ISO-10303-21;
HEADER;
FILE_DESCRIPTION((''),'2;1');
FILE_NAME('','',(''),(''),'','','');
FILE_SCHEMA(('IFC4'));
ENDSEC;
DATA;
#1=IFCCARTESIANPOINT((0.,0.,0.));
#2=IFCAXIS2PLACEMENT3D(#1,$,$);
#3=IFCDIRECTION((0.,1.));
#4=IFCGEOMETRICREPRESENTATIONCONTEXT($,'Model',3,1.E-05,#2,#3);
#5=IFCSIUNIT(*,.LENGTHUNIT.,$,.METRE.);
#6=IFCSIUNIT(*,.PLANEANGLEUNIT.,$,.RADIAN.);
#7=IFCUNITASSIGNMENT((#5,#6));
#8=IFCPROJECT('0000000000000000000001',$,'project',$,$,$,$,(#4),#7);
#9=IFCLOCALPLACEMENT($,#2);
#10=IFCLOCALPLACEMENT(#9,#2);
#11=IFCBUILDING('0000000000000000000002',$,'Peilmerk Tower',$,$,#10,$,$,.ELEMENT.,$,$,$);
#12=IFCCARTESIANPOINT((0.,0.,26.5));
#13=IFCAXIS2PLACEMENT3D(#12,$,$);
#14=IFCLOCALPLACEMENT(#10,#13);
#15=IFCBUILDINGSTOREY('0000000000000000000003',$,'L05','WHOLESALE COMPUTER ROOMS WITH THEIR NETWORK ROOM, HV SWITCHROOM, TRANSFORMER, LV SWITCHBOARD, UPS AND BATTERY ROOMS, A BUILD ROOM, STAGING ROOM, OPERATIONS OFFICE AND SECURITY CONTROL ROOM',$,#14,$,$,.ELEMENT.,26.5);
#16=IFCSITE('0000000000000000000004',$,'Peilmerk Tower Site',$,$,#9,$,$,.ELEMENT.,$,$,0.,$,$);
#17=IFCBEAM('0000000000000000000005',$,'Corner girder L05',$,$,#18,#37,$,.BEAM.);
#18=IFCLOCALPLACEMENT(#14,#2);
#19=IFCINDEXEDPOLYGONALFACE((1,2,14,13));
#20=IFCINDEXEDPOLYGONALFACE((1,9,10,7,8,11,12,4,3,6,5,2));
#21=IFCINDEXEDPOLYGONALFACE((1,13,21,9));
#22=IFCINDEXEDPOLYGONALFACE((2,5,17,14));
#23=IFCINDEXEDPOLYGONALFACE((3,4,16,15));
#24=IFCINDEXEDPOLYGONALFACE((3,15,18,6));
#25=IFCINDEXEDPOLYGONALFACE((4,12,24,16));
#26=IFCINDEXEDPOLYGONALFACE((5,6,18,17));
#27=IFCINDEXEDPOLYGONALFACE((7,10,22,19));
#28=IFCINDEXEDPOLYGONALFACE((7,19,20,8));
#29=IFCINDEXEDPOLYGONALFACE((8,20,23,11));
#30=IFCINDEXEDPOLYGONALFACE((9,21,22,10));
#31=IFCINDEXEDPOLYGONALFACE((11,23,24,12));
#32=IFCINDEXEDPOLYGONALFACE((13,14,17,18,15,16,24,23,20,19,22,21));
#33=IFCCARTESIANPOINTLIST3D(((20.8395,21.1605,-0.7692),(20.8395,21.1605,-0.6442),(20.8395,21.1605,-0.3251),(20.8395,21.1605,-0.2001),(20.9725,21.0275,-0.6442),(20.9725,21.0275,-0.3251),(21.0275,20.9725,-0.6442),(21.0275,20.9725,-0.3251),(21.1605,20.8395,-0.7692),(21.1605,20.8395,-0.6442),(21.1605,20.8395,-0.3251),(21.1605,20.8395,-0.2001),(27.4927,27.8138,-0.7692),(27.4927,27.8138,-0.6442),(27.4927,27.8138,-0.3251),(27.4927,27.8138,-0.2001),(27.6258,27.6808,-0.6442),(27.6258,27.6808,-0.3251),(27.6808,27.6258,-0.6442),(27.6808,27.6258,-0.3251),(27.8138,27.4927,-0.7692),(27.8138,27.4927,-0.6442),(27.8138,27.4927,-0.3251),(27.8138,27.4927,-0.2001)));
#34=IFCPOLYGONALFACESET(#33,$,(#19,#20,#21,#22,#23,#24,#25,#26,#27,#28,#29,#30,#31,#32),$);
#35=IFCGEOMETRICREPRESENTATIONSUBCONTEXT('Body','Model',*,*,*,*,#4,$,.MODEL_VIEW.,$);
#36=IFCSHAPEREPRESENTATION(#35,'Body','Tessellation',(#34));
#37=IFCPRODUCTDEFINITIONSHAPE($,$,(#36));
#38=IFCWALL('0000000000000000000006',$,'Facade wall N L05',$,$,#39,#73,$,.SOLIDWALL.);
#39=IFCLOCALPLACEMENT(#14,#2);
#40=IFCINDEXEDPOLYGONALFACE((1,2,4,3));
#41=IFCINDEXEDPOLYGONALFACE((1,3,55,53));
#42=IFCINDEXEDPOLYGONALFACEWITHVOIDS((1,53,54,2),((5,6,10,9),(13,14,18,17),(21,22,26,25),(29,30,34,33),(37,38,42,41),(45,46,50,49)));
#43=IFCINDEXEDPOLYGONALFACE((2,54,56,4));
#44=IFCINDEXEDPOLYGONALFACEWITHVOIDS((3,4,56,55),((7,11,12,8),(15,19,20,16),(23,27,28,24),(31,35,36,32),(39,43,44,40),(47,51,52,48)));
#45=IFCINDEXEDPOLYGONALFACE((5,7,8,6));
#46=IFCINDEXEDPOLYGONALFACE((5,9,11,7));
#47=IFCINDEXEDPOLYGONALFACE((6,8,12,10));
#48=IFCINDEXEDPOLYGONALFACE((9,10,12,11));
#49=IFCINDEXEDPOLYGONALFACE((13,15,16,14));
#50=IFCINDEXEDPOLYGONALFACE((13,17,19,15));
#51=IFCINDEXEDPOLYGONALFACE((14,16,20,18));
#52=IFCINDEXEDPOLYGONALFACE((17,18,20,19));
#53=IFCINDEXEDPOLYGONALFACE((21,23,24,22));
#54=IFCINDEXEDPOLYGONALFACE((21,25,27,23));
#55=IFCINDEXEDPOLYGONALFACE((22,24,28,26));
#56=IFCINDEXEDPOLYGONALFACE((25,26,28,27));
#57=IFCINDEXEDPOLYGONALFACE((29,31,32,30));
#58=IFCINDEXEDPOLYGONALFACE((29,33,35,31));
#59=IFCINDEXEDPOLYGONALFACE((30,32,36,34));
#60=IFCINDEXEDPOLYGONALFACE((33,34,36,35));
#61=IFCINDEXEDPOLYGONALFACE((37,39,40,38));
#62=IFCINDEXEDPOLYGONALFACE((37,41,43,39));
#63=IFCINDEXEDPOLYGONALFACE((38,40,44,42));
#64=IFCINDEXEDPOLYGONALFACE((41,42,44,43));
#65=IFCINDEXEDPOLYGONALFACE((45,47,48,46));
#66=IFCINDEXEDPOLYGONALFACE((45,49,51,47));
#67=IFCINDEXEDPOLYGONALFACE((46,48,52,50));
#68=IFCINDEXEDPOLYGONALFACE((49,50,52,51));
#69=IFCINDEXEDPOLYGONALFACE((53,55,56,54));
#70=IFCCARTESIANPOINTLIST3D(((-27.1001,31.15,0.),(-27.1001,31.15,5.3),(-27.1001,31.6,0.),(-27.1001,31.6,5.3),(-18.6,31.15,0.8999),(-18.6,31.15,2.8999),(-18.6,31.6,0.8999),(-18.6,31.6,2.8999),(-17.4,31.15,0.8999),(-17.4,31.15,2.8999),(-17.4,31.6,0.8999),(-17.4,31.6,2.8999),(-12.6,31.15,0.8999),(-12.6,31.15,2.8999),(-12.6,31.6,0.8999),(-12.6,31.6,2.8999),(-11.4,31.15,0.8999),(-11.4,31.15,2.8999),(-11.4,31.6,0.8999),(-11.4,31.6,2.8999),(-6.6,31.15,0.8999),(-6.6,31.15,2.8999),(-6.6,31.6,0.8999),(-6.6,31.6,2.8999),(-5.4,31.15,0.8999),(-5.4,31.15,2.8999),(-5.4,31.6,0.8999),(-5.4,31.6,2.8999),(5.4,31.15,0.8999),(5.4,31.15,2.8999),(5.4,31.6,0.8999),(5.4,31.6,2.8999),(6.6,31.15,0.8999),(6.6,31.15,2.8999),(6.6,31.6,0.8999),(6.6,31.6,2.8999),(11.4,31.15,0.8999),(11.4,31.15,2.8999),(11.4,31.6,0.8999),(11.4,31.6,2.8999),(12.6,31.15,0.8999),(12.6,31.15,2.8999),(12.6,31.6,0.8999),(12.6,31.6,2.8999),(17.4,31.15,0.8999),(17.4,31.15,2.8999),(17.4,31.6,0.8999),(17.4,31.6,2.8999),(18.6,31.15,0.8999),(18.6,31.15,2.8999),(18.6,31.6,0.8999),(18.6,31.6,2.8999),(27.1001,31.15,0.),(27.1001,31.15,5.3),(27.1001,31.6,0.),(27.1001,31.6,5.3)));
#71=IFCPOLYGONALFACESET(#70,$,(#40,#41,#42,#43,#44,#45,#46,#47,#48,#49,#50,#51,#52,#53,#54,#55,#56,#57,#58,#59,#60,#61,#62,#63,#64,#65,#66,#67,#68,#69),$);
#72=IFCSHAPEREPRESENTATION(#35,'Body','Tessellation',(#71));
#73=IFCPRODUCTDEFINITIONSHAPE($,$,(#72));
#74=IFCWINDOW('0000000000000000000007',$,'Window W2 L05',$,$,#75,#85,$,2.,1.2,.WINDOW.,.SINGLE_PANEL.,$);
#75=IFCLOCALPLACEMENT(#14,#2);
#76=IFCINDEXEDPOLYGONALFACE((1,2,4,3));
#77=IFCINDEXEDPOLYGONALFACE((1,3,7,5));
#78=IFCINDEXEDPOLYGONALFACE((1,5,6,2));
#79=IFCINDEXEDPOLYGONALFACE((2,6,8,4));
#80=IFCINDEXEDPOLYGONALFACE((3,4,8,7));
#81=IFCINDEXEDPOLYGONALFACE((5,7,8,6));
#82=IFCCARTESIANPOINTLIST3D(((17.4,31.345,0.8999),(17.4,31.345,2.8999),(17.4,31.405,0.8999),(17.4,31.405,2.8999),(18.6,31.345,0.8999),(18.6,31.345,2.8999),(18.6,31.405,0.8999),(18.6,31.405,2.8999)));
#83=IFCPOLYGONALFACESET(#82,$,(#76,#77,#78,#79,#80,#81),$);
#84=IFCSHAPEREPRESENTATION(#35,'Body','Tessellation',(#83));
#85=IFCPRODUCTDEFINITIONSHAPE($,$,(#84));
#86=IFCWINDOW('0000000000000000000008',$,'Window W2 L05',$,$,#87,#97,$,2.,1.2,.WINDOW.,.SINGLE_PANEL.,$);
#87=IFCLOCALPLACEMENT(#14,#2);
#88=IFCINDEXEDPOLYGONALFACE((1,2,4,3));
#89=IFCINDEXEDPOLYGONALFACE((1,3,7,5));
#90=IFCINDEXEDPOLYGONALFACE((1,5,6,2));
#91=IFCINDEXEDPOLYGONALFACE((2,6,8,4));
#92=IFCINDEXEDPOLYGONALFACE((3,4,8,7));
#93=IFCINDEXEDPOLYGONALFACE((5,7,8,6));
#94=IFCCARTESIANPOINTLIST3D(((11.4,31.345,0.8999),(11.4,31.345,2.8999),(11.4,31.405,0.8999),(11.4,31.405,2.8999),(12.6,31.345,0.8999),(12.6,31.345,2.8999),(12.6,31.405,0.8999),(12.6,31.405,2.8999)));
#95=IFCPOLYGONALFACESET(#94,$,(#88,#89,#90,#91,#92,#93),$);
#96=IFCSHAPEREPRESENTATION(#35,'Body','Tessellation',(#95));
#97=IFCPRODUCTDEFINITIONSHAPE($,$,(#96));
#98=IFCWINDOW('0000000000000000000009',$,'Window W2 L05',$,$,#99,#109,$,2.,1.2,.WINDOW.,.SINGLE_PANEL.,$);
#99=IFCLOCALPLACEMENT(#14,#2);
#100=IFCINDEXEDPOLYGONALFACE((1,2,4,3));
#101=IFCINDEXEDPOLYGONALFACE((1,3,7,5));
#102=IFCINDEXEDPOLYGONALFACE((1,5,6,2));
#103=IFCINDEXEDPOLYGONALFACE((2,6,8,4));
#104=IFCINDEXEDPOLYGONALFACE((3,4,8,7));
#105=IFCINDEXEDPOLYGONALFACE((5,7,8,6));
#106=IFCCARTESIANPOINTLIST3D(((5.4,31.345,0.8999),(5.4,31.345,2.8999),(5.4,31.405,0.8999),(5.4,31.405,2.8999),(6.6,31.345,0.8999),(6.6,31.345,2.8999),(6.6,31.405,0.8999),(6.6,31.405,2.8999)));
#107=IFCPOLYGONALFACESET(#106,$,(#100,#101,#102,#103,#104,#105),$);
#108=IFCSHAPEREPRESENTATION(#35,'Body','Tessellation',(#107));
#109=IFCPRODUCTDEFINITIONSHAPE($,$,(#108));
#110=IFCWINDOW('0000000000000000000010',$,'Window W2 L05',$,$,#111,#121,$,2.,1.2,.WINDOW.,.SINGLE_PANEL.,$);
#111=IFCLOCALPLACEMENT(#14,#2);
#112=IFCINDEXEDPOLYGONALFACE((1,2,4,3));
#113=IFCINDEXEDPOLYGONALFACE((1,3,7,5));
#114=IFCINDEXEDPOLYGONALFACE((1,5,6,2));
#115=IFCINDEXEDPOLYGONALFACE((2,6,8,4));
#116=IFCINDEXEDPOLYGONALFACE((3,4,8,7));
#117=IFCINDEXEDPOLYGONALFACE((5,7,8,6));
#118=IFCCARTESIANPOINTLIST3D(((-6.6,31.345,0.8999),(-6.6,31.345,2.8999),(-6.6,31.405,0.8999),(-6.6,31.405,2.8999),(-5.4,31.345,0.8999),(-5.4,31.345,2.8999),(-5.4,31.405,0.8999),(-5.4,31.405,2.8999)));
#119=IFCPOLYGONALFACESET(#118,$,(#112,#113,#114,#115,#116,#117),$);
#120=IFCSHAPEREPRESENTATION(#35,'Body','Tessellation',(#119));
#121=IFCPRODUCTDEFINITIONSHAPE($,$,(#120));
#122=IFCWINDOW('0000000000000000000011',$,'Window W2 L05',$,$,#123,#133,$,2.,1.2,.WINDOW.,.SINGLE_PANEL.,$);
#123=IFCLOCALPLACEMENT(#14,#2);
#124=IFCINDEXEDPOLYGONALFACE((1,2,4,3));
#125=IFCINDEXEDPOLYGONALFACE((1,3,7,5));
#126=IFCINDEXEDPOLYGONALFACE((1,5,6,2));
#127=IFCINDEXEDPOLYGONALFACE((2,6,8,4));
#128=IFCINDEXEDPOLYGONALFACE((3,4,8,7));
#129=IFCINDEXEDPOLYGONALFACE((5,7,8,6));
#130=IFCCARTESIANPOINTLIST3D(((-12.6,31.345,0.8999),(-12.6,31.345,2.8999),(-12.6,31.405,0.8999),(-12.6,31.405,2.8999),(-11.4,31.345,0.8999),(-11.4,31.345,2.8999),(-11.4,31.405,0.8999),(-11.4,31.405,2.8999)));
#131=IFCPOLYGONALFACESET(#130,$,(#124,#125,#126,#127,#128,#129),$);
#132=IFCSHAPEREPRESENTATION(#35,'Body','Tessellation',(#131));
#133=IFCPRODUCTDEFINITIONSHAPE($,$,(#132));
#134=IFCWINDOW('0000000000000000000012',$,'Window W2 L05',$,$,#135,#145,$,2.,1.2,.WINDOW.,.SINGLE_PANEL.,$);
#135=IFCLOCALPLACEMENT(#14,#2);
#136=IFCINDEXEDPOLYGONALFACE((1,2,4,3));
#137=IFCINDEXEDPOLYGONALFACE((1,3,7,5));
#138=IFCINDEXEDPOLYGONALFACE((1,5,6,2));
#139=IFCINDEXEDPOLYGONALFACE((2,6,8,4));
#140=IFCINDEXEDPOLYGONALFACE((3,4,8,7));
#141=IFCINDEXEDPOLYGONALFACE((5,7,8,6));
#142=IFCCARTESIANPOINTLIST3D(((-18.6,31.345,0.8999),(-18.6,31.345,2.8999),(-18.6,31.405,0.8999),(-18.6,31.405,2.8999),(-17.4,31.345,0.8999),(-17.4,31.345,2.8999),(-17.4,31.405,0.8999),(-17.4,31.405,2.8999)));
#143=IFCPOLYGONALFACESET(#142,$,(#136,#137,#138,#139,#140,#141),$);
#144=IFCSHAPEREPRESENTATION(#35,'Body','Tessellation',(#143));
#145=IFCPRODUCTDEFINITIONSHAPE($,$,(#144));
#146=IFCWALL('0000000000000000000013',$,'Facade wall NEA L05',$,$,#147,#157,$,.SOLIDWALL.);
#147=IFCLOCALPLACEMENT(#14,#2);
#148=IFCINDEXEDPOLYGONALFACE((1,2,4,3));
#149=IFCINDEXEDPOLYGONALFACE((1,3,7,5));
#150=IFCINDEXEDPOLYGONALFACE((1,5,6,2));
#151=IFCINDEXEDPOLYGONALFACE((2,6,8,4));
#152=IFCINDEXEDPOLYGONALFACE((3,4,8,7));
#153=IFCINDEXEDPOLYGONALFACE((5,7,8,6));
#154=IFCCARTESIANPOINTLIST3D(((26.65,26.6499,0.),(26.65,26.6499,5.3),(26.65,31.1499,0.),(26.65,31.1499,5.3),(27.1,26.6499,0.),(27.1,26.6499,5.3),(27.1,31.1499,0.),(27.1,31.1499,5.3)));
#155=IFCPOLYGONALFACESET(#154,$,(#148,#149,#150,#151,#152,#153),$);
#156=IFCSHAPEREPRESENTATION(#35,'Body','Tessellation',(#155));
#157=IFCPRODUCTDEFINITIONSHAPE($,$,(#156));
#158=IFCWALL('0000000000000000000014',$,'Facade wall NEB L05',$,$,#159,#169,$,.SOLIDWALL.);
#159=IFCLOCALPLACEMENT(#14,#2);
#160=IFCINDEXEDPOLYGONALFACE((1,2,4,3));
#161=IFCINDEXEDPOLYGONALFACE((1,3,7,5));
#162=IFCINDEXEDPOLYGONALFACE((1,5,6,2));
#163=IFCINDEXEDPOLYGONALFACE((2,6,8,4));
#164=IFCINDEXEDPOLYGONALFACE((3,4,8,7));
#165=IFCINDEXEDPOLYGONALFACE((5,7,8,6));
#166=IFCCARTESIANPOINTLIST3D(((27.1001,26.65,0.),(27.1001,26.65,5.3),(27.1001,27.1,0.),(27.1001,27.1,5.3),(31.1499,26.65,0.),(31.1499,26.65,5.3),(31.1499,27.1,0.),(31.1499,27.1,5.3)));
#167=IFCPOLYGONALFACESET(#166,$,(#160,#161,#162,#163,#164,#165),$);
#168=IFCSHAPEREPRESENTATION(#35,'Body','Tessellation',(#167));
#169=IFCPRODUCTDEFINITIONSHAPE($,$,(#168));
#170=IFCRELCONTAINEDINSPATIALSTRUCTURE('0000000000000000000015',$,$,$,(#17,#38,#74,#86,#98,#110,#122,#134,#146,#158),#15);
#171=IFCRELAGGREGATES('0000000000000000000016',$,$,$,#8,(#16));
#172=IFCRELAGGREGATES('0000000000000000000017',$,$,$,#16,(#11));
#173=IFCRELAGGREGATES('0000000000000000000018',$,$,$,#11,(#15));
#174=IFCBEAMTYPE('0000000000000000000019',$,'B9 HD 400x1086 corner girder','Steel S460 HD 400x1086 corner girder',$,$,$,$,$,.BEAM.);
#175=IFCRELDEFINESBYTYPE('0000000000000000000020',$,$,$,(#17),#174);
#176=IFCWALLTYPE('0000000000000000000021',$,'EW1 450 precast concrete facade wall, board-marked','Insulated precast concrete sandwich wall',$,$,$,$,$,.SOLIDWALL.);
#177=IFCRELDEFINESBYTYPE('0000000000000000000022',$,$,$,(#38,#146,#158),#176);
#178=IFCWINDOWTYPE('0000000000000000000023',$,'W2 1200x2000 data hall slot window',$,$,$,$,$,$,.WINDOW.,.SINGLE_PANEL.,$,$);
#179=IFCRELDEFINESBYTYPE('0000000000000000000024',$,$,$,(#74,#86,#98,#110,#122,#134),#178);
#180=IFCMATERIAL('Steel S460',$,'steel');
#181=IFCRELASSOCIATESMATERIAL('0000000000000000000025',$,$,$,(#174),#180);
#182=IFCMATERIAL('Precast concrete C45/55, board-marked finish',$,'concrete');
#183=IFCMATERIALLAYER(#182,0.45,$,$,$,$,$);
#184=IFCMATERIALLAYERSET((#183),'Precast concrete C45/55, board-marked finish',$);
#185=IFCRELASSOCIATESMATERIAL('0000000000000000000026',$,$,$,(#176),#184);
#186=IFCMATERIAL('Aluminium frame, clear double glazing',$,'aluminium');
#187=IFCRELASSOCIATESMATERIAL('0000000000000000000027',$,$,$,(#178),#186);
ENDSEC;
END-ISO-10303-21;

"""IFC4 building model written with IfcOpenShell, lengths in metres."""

from ifc_helpers import new_model, si_unit, direction, frame, frame_2d, origin, origin_2d, place, context, subcontext, project, spatial, rectangle, i_section, extrude, material, layer, layer_set, material_profile, profile_set, type_object, element, fill, save


model = new_model("IFC4")

# Units and contexts
model_context = context("Model", 3, precision=1e-05, world=origin(), true_north=direction((0.0, 1.0)))
body_context = subcontext(model_context, "Body", "Model", "MODEL_VIEW")
ifc_project = project(units=[si_unit("LENGTHUNIT", "METRE"), si_unit("PLANEANGLEUNIT", "RADIAN")], contexts=[model_context])

# Site, building, storey
site_placement = place(None, origin())
site = spatial("IfcSite", under=ifc_project, at=site_placement, Name="Peilmerk Tower Site", CompositionType="ELEMENT", RefElevation=0.0)
building_placement = place(site_placement, origin())
building = spatial("IfcBuilding", under=site, at=building_placement, Name="Peilmerk Tower", CompositionType="ELEMENT")
storey_placement = place(building_placement, frame((0.0, 0.0, 26.5)))
storey = spatial("IfcBuildingStorey", under=building, at=storey_placement, Name="L05", Description="WHOLESALE COMPUTER ROOMS WITH THEIR NETWORK ROOM, HV SWITCHROOM, TRANSFORMER, LV SWITCHBOARD, UPS AND BATTERY ROOMS, A BUILD ROOM, STAGING ROOM, OPERATIONS OFFICE AND SECURITY CONTROL ROOM", CompositionType="ELEMENT", Elevation=26.5)

# Beam
ifc_material_1 = material(Name="Steel S460", Category="steel")
ifc_material_profile_1 = material_profile(ifc_material_1, i_section(OverallWidth=0.4541, OverallDepth=0.5691, WebThickness=0.0779, FlangeThickness=0.125, at=origin_2d()), Name="HD 400x1086")
ifc_profile_set_1 = profile_set([ifc_material_profile_1], Name="Steel S460")
beam_type_1 = type_object("IfcBeamType", Name="B9 HD 400x1086 corner girder", Description="Steel S460 HD 400x1086 corner girder", PredefinedType="BEAM", material=ifc_profile_set_1)
beam_1_placement = place(storey_placement, frame((21.0, 21.0, -0.4846), z_axis=(0.707107, 0.707107, 0.0), x_axis=(-0.707107, 0.707107, 0.0)))
element("IfcBeam", 1, at=beam_1_placement, inside=storey, type_object=beam_type_1, Name="Corner girder L05", PredefinedType="BEAM", context=body_context, shape_type="SweptSolid", body=[
    extrude(i_section(OverallWidth=0.4541, OverallDepth=0.5691, WebThickness=0.0779, FlangeThickness=0.125, at=origin_2d()), origin(), (0.0, 0.0, 1.0), 9.4092),
])

# Wall, openings, windows
ifc_material_2 = material(Name="Precast concrete C45/55, board-marked finish", Category="concrete")
ifc_layer = layer(ifc_material_2, 0.45)
ifc_layer_set = layer_set([ifc_layer], Name="Precast concrete C45/55, board-marked finish")
wall_type = type_object("IfcWallType", Name="EW1 450 precast concrete facade wall, board-marked", Description="Insulated precast concrete sandwich wall", PredefinedType="SOLIDWALL", material=ifc_layer_set)
wall_1_placement = place(storey_placement, frame((27.1001, 31.375, 0.0), z_axis=(0.0, 0.0, 1.0), x_axis=(-1.0, 0.0, 0.0)))
wall_1 = element("IfcWall", 2, at=wall_1_placement, inside=storey, type_object=wall_type, Name="Facade wall N L05", PredefinedType="SOLIDWALL", context=body_context, shape_type="SweptSolid", body=[
    extrude(rectangle(XDim=54.2002, YDim=0.45, at=frame_2d((27.1001, 0.0))), origin(), (0.0, 0.0, 1.0), 5.3),
])
opening_1_placement = place(wall_1_placement, frame((8.5, 0.0, 0.8999)))
opening_1 = element("IfcOpeningElement", 3, at=opening_1_placement, cuts=wall_1, PredefinedType="OPENING", context=body_context, shape_type="SweptSolid", body=[
    extrude(rectangle(XDim=1.2, YDim=2.0, at=frame_2d((0.6001, 1.0))), frame((0.0, 0.2349, 0.0), z_axis=(0.0, -1.0, 0.0), x_axis=(1.0, 0.0, 0.0)), (0.0, 0.0, 1.0), 0.47),
])
opening_2_placement = place(wall_1_placement, frame((14.5, 0.0, 0.8999)))
opening_2 = element("IfcOpeningElement", 4, at=opening_2_placement, cuts=wall_1, PredefinedType="OPENING", context=body_context, shape_type="SweptSolid", body=[
    extrude(rectangle(XDim=1.2, YDim=2.0, at=frame_2d((0.6001, 1.0))), frame((0.0, 0.2349, 0.0), z_axis=(0.0, -1.0, 0.0), x_axis=(1.0, 0.0, 0.0)), (0.0, 0.0, 1.0), 0.47),
])
opening_3_placement = place(wall_1_placement, frame((20.5, 0.0, 0.8999)))
opening_3 = element("IfcOpeningElement", 5, at=opening_3_placement, cuts=wall_1, PredefinedType="OPENING", context=body_context, shape_type="SweptSolid", body=[
    extrude(rectangle(XDim=1.2, YDim=2.0, at=frame_2d((0.6001, 1.0))), frame((0.0, 0.2349, 0.0), z_axis=(0.0, -1.0, 0.0), x_axis=(1.0, 0.0, 0.0)), (0.0, 0.0, 1.0), 0.47),
])
opening_4_placement = place(wall_1_placement, frame((32.5, 0.0, 0.8999)))
opening_4 = element("IfcOpeningElement", 6, at=opening_4_placement, cuts=wall_1, PredefinedType="OPENING", context=body_context, shape_type="SweptSolid", body=[
    extrude(rectangle(XDim=1.2, YDim=2.0, at=frame_2d((0.6001, 1.0))), frame((0.0, 0.2349, 0.0), z_axis=(0.0, -1.0, 0.0), x_axis=(1.0, 0.0, 0.0)), (0.0, 0.0, 1.0), 0.47),
])
opening_5_placement = place(wall_1_placement, frame((38.5, 0.0, 0.8999)))
opening_5 = element("IfcOpeningElement", 7, at=opening_5_placement, cuts=wall_1, PredefinedType="OPENING", context=body_context, shape_type="SweptSolid", body=[
    extrude(rectangle(XDim=1.2, YDim=2.0, at=frame_2d((0.6001, 1.0))), frame((0.0, 0.2349, 0.0), z_axis=(0.0, -1.0, 0.0), x_axis=(1.0, 0.0, 0.0)), (0.0, 0.0, 1.0), 0.47),
])
opening_6_placement = place(wall_1_placement, frame((44.5, 0.0, 0.8999)))
opening_6 = element("IfcOpeningElement", 8, at=opening_6_placement, cuts=wall_1, PredefinedType="OPENING", context=body_context, shape_type="SweptSolid", body=[
    extrude(rectangle(XDim=1.2, YDim=2.0, at=frame_2d((0.6001, 1.0))), frame((0.0, 0.2349, 0.0), z_axis=(0.0, -1.0, 0.0), x_axis=(1.0, 0.0, 0.0)), (0.0, 0.0, 1.0), 0.47),
])
ifc_material_3 = material(Name="Aluminium frame, clear double glazing", Category="aluminium")
window_type = type_object("IfcWindowType", Name="W2 1200x2000 data hall slot window", PartitioningType="SINGLE_PANEL", PredefinedType="WINDOW", material=ifc_material_3)
window_1_placement = place(opening_1_placement, origin())
window_1 = element("IfcWindow", 9, at=window_1_placement, inside=storey, type_object=window_type, Name="Window W2 L05", OverallHeight=2.0, OverallWidth=1.2, PartitioningType="SINGLE_PANEL", PredefinedType="WINDOW", context=body_context, shape_type="SweptSolid", body=[
    extrude(rectangle(XDim=1.2, YDim=2.0, at=frame_2d((0.6001, 1.0))), frame((0.0, 0.03, 0.0), z_axis=(0.0, -1.0, 0.0), x_axis=(1.0, 0.0, 0.0)), (0.0, 0.0, 1.0), 0.0601),
])
fill(opening_1, window_1)
window_2_placement = place(opening_2_placement, origin())
window_2 = element("IfcWindow", 10, at=window_2_placement, inside=storey, type_object=window_type, Name="Window W2 L05", OverallHeight=2.0, OverallWidth=1.2, PartitioningType="SINGLE_PANEL", PredefinedType="WINDOW", context=body_context, shape_type="SweptSolid", body=[
    extrude(rectangle(XDim=1.2, YDim=2.0, at=frame_2d((0.6001, 1.0))), frame((0.0, 0.03, 0.0), z_axis=(0.0, -1.0, 0.0), x_axis=(1.0, 0.0, 0.0)), (0.0, 0.0, 1.0), 0.0601),
])
fill(opening_2, window_2)
window_3_placement = place(opening_3_placement, origin())
window_3 = element("IfcWindow", 11, at=window_3_placement, inside=storey, type_object=window_type, Name="Window W2 L05", OverallHeight=2.0, OverallWidth=1.2, PartitioningType="SINGLE_PANEL", PredefinedType="WINDOW", context=body_context, shape_type="SweptSolid", body=[
    extrude(rectangle(XDim=1.2, YDim=2.0, at=frame_2d((0.6001, 1.0))), frame((0.0, 0.03, 0.0), z_axis=(0.0, -1.0, 0.0), x_axis=(1.0, 0.0, 0.0)), (0.0, 0.0, 1.0), 0.0601),
])
fill(opening_3, window_3)
window_4_placement = place(opening_4_placement, origin())
window_4 = element("IfcWindow", 12, at=window_4_placement, inside=storey, type_object=window_type, Name="Window W2 L05", OverallHeight=2.0, OverallWidth=1.2, PartitioningType="SINGLE_PANEL", PredefinedType="WINDOW", context=body_context, shape_type="SweptSolid", body=[
    extrude(rectangle(XDim=1.2, YDim=2.0, at=frame_2d((0.6001, 1.0))), frame((0.0, 0.03, 0.0), z_axis=(0.0, -1.0, 0.0), x_axis=(1.0, 0.0, 0.0)), (0.0, 0.0, 1.0), 0.0601),
])
fill(opening_4, window_4)
window_5_placement = place(opening_5_placement, origin())
window_5 = element("IfcWindow", 13, at=window_5_placement, inside=storey, type_object=window_type, Name="Window W2 L05", OverallHeight=2.0, OverallWidth=1.2, PartitioningType="SINGLE_PANEL", PredefinedType="WINDOW", context=body_context, shape_type="SweptSolid", body=[
    extrude(rectangle(XDim=1.2, YDim=2.0, at=frame_2d((0.6001, 1.0))), frame((0.0, 0.03, 0.0), z_axis=(0.0, -1.0, 0.0), x_axis=(1.0, 0.0, 0.0)), (0.0, 0.0, 1.0), 0.0601),
])
fill(opening_5, window_5)
window_6_placement = place(opening_6_placement, origin())
window_6 = element("IfcWindow", 14, at=window_6_placement, inside=storey, type_object=window_type, Name="Window W2 L05", OverallHeight=2.0, OverallWidth=1.2, PartitioningType="SINGLE_PANEL", PredefinedType="WINDOW", context=body_context, shape_type="SweptSolid", body=[
    extrude(rectangle(XDim=1.2, YDim=2.0, at=frame_2d((0.6001, 1.0))), frame((0.0, 0.03, 0.0), z_axis=(0.0, -1.0, 0.0), x_axis=(1.0, 0.0, 0.0)), (0.0, 0.0, 1.0), 0.0601),
])
fill(opening_6, window_6)

# Walls
wall_2_placement = place(storey_placement, frame((26.875, 26.6499, 0.0), z_axis=(0.0, 0.0, 1.0), x_axis=(0.0, 1.0, 0.0)))
element("IfcWall", 15, at=wall_2_placement, inside=storey, type_object=wall_type, Name="Facade wall NEA L05", PredefinedType="SOLIDWALL", context=body_context, shape_type="SweptSolid", body=[
    extrude(rectangle(XDim=4.5, YDim=0.45, at=frame_2d((2.25, 0.0))), origin(), (0.0, 0.0, 1.0), 5.3),
])
wall_3_placement = place(storey_placement, frame((27.1001, 26.875, 0.0), z_axis=(0.0, 0.0, 1.0), x_axis=(1.0, 0.0, 0.0)))
element("IfcWall", 16, at=wall_3_placement, inside=storey, type_object=wall_type, Name="Facade wall NEB L05", PredefinedType="SOLIDWALL", context=body_context, shape_type="SweptSolid", body=[
    extrude(rectangle(XDim=4.0498, YDim=0.45, at=frame_2d((2.0249, 0.0))), origin(), (0.0, 0.0, 1.0), 5.3),
])

save(model, "model.ifc")
